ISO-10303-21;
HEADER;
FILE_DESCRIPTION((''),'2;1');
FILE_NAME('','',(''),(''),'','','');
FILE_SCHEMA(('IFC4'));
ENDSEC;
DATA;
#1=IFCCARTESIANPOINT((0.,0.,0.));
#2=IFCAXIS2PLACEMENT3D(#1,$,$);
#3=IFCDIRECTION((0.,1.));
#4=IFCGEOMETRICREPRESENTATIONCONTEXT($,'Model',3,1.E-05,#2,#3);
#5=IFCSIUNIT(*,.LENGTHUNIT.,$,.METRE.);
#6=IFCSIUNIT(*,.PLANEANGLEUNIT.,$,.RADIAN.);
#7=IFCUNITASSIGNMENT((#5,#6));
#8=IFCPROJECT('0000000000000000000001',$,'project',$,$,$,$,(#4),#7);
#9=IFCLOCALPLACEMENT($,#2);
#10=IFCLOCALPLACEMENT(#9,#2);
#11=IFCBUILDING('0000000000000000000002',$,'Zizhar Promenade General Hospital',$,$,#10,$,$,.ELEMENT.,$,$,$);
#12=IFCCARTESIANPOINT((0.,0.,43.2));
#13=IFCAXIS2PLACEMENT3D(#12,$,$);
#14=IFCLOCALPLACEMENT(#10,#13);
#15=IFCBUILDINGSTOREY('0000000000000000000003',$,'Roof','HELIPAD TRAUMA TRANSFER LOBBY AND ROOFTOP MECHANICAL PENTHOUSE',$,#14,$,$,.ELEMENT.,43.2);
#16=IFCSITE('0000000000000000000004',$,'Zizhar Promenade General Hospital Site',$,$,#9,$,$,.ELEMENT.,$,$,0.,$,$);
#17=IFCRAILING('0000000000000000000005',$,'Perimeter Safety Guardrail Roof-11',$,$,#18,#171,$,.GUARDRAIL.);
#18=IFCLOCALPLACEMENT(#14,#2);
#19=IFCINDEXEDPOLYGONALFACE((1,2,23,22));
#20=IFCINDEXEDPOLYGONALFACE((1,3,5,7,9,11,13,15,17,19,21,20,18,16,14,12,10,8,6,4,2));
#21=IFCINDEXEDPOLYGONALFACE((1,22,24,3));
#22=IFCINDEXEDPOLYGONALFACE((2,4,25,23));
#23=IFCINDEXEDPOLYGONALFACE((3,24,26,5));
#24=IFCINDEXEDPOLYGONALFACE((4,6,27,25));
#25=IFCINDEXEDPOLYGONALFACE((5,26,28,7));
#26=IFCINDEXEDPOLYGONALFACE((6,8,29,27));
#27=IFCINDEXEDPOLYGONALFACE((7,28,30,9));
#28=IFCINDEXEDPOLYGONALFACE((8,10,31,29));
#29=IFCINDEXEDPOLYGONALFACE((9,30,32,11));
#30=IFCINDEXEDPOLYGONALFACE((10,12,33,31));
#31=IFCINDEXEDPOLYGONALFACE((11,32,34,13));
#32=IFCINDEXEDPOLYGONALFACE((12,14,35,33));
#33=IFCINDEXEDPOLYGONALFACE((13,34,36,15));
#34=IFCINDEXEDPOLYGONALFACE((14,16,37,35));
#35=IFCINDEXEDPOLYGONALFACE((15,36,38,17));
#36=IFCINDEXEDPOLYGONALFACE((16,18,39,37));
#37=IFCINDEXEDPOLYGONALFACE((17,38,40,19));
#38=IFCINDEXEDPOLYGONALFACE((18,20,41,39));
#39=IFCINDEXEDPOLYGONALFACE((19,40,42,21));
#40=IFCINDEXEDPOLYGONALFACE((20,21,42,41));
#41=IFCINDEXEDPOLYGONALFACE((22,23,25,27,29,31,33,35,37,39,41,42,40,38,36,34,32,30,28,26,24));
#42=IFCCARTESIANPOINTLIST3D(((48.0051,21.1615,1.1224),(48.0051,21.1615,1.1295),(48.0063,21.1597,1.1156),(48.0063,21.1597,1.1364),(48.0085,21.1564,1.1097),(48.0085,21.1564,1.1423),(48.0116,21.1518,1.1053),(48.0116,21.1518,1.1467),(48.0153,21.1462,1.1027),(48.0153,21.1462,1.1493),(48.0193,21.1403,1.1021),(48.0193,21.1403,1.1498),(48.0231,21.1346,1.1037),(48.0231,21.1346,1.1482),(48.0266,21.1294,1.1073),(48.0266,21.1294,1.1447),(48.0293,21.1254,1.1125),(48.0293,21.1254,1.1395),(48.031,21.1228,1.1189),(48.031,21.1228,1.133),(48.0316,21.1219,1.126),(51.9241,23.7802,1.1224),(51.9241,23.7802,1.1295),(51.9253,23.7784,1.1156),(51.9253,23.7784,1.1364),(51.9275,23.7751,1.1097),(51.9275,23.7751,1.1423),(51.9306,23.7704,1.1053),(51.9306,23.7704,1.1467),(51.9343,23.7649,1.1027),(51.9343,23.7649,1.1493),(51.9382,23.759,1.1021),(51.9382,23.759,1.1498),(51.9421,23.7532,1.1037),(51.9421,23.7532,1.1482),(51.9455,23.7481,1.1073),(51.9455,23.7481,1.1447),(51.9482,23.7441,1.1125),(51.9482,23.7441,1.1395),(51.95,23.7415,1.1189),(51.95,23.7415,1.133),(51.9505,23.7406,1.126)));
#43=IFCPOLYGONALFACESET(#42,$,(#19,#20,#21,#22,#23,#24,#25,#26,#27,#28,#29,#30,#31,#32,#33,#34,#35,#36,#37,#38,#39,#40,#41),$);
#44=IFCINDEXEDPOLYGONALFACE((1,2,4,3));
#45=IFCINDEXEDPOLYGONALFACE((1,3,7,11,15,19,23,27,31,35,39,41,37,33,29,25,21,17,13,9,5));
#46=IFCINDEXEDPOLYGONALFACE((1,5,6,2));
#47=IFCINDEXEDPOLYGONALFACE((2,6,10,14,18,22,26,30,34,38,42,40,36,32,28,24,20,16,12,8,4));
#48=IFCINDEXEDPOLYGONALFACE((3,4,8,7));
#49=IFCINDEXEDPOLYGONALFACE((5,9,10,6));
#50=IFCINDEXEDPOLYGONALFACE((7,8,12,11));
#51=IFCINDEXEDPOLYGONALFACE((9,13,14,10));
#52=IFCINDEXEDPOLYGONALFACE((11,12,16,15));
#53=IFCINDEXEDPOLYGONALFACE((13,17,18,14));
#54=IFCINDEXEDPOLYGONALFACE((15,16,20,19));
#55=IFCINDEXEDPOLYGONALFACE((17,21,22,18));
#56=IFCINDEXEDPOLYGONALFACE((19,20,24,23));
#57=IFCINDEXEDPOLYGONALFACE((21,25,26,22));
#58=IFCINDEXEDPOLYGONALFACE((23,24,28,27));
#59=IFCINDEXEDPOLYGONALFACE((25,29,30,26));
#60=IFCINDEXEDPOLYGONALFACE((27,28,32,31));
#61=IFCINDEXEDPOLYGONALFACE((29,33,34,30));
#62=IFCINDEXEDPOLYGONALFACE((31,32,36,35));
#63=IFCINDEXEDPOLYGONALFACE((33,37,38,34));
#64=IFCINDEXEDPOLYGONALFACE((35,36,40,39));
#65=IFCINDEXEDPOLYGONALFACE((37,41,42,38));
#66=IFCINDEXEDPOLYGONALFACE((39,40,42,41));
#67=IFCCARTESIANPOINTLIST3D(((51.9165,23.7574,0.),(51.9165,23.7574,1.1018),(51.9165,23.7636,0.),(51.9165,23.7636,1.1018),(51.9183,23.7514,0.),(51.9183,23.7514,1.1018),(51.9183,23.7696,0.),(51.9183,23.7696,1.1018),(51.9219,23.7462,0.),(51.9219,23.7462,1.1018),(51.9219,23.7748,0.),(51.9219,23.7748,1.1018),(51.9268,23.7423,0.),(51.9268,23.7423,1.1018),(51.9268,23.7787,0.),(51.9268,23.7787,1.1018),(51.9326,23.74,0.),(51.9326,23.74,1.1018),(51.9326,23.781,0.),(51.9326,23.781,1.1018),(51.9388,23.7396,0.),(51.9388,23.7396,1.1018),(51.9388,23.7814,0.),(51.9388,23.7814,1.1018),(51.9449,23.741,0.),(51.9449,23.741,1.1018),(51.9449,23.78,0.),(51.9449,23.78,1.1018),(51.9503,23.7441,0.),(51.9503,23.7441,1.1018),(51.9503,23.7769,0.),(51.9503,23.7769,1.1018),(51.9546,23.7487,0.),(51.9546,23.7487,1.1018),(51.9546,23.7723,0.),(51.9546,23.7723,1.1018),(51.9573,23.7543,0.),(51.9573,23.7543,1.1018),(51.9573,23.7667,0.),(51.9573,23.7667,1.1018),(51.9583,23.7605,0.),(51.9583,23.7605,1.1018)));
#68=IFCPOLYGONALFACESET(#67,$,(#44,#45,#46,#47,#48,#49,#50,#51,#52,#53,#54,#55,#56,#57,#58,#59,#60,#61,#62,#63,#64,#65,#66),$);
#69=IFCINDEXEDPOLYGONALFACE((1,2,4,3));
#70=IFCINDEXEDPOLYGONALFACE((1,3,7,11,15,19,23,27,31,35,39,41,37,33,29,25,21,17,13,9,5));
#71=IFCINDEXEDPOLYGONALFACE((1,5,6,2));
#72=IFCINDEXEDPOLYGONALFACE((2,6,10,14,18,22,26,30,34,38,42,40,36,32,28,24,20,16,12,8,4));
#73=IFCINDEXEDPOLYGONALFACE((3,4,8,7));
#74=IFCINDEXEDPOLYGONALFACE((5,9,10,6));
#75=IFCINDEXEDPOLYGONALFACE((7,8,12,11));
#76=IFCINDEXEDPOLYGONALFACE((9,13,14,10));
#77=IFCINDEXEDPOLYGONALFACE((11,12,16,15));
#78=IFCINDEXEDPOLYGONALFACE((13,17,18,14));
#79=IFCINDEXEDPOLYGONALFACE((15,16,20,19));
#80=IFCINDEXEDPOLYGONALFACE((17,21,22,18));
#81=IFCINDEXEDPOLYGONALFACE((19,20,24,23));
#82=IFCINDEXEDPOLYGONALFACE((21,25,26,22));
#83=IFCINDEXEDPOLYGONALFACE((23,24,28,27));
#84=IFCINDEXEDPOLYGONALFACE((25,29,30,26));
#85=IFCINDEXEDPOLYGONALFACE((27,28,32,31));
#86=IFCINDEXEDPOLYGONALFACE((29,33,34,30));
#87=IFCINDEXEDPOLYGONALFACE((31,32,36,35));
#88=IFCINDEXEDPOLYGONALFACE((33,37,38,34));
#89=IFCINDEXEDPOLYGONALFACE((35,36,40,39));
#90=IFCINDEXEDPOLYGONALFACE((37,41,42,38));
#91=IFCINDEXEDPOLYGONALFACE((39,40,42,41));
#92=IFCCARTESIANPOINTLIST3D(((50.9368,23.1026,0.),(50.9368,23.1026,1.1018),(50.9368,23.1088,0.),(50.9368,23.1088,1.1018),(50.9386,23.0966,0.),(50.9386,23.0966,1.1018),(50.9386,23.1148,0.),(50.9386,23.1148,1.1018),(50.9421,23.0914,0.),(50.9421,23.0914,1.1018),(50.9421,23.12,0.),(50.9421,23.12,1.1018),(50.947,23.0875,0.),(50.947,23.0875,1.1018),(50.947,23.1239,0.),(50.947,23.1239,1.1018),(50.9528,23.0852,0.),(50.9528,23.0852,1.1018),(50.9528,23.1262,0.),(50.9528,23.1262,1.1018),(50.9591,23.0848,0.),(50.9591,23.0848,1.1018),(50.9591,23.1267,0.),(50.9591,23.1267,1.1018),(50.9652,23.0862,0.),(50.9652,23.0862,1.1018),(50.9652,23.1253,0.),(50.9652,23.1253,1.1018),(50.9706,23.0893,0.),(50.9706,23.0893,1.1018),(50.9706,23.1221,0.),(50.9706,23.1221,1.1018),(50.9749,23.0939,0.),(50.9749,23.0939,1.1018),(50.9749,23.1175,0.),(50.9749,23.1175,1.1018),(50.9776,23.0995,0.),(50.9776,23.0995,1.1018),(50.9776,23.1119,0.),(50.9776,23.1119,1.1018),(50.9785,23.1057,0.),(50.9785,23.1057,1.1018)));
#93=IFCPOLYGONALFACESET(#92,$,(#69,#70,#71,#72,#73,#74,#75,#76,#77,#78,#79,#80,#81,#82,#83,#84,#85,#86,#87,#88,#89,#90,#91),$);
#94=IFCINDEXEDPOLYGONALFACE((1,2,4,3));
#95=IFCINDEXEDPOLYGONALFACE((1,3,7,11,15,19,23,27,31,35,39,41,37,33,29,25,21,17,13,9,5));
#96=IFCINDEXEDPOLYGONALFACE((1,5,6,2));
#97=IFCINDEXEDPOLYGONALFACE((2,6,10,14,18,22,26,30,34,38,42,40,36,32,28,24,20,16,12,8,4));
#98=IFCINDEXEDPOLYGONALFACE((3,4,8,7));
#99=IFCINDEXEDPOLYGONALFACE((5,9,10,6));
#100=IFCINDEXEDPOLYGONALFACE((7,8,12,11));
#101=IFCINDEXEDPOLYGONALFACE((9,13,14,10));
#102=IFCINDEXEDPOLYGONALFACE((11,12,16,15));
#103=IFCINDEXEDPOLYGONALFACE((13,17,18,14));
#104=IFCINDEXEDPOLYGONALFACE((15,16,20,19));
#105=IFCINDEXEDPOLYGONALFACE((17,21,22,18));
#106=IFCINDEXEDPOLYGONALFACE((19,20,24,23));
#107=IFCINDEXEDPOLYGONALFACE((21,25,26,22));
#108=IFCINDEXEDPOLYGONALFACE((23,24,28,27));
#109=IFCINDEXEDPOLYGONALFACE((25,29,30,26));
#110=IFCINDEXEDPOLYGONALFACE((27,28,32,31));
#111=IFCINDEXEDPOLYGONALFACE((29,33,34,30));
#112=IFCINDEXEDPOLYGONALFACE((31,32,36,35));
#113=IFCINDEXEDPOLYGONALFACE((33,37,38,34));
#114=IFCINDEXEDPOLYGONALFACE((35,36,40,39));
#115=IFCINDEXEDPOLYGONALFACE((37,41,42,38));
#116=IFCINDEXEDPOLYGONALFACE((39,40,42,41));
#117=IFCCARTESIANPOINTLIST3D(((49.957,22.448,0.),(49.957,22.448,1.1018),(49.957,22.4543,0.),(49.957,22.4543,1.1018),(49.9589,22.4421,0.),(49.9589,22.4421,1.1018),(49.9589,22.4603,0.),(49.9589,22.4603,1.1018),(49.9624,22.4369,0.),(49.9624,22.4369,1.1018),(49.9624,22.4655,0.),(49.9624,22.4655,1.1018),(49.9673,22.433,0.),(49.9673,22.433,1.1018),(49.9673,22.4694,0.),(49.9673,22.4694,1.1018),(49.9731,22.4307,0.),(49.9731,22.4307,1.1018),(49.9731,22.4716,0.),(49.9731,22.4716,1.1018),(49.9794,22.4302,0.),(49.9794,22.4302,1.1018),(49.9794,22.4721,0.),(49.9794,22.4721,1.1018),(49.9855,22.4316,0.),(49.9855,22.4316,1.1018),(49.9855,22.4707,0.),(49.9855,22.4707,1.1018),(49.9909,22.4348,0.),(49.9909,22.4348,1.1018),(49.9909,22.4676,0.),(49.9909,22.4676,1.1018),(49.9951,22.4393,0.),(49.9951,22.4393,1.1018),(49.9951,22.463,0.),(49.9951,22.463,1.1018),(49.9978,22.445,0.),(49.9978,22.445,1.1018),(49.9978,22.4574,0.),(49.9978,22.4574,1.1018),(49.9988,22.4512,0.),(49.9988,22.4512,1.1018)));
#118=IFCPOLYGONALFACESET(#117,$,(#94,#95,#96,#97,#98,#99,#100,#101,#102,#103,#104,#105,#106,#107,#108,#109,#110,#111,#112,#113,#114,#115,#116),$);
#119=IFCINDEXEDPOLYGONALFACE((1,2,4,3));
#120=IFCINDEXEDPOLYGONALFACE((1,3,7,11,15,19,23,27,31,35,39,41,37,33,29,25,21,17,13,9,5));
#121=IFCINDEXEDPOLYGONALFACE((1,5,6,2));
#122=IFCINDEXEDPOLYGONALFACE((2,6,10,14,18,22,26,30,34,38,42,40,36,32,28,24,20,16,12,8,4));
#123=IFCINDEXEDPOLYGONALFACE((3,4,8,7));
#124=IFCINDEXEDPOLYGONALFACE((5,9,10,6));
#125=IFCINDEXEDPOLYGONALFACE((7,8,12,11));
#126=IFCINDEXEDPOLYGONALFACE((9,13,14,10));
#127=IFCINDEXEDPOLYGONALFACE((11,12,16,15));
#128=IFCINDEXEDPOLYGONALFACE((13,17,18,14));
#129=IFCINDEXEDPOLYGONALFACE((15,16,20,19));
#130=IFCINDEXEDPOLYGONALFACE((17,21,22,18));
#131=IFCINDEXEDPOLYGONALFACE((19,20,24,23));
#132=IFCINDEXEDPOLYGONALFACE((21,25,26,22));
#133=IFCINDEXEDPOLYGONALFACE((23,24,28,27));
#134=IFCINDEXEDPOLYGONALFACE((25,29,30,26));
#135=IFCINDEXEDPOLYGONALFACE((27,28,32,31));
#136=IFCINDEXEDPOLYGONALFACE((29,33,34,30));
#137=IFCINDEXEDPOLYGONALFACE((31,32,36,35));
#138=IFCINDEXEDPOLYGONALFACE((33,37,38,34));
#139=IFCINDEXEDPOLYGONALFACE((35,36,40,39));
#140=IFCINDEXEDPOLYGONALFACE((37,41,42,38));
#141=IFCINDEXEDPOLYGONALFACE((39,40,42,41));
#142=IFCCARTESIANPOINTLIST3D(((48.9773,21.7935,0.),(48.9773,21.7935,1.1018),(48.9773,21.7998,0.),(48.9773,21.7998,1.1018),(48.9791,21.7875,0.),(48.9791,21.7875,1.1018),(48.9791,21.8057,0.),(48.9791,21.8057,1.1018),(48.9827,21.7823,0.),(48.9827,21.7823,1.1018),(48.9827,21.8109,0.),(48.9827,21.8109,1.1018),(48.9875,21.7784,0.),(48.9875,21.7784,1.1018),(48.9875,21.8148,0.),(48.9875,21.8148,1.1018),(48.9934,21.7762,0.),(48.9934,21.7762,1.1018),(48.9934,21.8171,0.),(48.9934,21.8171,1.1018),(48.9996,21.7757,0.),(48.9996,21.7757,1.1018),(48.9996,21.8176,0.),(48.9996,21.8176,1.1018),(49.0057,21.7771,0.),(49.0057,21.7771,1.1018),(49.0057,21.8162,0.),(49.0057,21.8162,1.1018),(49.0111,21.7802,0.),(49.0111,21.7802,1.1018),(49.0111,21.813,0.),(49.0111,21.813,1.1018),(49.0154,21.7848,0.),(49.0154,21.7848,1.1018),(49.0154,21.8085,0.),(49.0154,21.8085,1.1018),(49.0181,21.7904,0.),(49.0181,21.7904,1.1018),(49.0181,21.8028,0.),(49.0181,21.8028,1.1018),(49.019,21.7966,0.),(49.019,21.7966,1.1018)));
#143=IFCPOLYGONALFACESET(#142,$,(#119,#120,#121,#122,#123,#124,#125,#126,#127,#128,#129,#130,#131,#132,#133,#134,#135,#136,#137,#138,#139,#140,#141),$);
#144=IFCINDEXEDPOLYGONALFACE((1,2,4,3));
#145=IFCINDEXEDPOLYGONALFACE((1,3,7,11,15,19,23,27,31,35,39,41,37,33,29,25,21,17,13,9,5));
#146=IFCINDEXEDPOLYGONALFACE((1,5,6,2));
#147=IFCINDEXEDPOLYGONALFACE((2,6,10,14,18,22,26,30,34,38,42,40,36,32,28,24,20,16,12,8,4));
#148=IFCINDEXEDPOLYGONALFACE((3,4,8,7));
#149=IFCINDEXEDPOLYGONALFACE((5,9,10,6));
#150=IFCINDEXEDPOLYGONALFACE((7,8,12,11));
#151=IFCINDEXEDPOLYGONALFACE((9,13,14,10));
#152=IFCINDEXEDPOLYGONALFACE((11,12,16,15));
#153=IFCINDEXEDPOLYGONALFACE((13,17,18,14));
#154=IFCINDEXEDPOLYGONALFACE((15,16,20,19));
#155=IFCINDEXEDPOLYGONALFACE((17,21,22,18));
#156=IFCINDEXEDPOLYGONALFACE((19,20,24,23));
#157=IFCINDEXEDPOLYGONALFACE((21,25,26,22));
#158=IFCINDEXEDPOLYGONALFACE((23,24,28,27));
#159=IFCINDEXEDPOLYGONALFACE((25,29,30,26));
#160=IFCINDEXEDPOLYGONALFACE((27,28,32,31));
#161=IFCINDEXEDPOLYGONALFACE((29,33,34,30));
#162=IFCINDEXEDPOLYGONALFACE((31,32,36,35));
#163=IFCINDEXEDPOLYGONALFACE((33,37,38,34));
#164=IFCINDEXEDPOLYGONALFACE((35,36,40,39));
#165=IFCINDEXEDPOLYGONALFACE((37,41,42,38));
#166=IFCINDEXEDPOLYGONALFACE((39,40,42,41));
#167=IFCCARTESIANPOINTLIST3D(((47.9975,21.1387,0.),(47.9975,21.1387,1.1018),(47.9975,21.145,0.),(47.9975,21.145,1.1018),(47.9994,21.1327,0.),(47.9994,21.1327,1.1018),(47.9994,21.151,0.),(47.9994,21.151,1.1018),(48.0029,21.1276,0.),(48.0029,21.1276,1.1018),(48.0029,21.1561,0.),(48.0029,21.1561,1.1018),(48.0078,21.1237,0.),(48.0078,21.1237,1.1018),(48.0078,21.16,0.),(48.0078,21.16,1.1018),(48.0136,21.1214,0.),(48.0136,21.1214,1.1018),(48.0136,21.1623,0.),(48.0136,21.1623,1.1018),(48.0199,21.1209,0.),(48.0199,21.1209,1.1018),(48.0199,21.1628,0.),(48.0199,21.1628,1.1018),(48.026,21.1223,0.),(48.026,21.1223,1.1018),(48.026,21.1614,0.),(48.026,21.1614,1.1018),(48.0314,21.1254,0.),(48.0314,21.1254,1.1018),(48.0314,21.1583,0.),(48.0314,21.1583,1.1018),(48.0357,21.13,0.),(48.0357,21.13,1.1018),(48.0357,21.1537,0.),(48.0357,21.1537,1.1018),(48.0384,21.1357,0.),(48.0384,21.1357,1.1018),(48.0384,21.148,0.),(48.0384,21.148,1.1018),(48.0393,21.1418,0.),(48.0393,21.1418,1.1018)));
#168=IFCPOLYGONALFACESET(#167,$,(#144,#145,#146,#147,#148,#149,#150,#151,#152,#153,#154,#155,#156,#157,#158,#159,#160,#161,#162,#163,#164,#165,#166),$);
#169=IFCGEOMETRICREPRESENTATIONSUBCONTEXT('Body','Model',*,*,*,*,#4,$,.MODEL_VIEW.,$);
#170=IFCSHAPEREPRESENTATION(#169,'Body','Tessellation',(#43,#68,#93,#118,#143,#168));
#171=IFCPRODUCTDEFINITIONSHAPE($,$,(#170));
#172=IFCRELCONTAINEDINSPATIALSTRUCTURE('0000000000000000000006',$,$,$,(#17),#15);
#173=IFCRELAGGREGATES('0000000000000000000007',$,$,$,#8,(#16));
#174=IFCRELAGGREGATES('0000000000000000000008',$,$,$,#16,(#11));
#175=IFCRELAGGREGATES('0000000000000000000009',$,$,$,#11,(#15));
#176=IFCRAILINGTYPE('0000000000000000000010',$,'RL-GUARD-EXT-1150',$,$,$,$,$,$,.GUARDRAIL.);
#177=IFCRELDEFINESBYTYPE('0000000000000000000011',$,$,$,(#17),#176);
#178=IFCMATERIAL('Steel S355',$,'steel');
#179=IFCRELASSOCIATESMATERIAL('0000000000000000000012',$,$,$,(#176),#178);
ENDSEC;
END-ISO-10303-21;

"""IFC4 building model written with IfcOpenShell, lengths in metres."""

from ifc_helpers import new_model, si_unit, direction, frame, origin, origin_2d, place, context, subcontext, project, spatial, hollow_rectangle, circle, extrude, material, material_profile, profile_set, type_object, element, save


model = new_model("IFC4")

# Units and contexts
model_context = context("Model", 3, precision=1e-05, world=origin(), true_north=direction((0.0, 1.0)))
body_context = subcontext(model_context, "Body", "Model", "MODEL_VIEW")
ifc_project = project(units=[si_unit("LENGTHUNIT", "METRE"), si_unit("PLANEANGLEUNIT", "RADIAN")], contexts=[model_context])

# Site, building, storey
site_placement = place(None, origin())
site = spatial("IfcSite", under=ifc_project, at=site_placement, Name="Zizhar Promenade General Hospital Site", CompositionType="ELEMENT", RefElevation=0.0)
building_placement = place(site_placement, origin())
building = spatial("IfcBuilding", under=site, at=building_placement, Name="Zizhar Promenade General Hospital", CompositionType="ELEMENT")
storey_placement = place(building_placement, frame((0.0, 0.0, 43.2)))
storey = spatial("IfcBuildingStorey", under=building, at=storey_placement, Name="Roof", Description="HELIPAD TRAUMA TRANSFER LOBBY AND ROOFTOP MECHANICAL PENTHOUSE", CompositionType="ELEMENT", Elevation=43.2)

# Railing
ifc_material_1 = material(Name="Steel S355", Category="steel")
ifc_material_profile_1 = material_profile(ifc_material_1, hollow_rectangle(XDim=0.0601, YDim=0.1201, WallThickness=0.0039, at=origin_2d()))
ifc_profile_set_1 = profile_set([ifc_material_profile_1], Name="Steel S355")
railing_type = type_object("IfcRailingType", Name="RL-GUARD-EXT-1150", PredefinedType="GUARDRAIL", material=ifc_profile_set_1)
railing_1_placement = place(storey_placement, frame((51.9373, 23.7605, 0.0)))
element("IfcRailing", 1, at=railing_1_placement, inside=storey, type_object=railing_type, Name="Perimeter Safety Guardrail Roof-11", PredefinedType="GUARDRAIL", context=body_context, shape_type="SweptSolid", body=[
    extrude(circle(Radius=0.0239, at=origin_2d()), frame((0.0, 0.0, 1.126), z_axis=(-0.83146, -0.555584, 0.0), x_axis=(0.555584, -0.83146, 0.0)), (0.0, 0.0, 1.0), 4.7134),
    extrude(circle(Radius=0.021, at=origin_2d()), origin(), (0.0, 0.0, 1.0), 1.1018),
    extrude(circle(Radius=0.021, at=origin_2d()), frame((-0.9797, -0.6548, 0.0)), (0.0, 0.0, 1.0), 1.1018),
    extrude(circle(Radius=0.021, at=origin_2d()), frame((-1.9595, -1.3093, 0.0)), (0.0, 0.0, 1.0), 1.1018),
    extrude(circle(Radius=0.021, at=origin_2d()), frame((-2.9392, -1.9639, 0.0)), (0.0, 0.0, 1.0), 1.1018),
    extrude(circle(Radius=0.021, at=origin_2d()), frame((-3.9189, -2.6187, 0.0)), (0.0, 0.0, 1.0), 1.1018),
])

save(model, "model.ifc")
